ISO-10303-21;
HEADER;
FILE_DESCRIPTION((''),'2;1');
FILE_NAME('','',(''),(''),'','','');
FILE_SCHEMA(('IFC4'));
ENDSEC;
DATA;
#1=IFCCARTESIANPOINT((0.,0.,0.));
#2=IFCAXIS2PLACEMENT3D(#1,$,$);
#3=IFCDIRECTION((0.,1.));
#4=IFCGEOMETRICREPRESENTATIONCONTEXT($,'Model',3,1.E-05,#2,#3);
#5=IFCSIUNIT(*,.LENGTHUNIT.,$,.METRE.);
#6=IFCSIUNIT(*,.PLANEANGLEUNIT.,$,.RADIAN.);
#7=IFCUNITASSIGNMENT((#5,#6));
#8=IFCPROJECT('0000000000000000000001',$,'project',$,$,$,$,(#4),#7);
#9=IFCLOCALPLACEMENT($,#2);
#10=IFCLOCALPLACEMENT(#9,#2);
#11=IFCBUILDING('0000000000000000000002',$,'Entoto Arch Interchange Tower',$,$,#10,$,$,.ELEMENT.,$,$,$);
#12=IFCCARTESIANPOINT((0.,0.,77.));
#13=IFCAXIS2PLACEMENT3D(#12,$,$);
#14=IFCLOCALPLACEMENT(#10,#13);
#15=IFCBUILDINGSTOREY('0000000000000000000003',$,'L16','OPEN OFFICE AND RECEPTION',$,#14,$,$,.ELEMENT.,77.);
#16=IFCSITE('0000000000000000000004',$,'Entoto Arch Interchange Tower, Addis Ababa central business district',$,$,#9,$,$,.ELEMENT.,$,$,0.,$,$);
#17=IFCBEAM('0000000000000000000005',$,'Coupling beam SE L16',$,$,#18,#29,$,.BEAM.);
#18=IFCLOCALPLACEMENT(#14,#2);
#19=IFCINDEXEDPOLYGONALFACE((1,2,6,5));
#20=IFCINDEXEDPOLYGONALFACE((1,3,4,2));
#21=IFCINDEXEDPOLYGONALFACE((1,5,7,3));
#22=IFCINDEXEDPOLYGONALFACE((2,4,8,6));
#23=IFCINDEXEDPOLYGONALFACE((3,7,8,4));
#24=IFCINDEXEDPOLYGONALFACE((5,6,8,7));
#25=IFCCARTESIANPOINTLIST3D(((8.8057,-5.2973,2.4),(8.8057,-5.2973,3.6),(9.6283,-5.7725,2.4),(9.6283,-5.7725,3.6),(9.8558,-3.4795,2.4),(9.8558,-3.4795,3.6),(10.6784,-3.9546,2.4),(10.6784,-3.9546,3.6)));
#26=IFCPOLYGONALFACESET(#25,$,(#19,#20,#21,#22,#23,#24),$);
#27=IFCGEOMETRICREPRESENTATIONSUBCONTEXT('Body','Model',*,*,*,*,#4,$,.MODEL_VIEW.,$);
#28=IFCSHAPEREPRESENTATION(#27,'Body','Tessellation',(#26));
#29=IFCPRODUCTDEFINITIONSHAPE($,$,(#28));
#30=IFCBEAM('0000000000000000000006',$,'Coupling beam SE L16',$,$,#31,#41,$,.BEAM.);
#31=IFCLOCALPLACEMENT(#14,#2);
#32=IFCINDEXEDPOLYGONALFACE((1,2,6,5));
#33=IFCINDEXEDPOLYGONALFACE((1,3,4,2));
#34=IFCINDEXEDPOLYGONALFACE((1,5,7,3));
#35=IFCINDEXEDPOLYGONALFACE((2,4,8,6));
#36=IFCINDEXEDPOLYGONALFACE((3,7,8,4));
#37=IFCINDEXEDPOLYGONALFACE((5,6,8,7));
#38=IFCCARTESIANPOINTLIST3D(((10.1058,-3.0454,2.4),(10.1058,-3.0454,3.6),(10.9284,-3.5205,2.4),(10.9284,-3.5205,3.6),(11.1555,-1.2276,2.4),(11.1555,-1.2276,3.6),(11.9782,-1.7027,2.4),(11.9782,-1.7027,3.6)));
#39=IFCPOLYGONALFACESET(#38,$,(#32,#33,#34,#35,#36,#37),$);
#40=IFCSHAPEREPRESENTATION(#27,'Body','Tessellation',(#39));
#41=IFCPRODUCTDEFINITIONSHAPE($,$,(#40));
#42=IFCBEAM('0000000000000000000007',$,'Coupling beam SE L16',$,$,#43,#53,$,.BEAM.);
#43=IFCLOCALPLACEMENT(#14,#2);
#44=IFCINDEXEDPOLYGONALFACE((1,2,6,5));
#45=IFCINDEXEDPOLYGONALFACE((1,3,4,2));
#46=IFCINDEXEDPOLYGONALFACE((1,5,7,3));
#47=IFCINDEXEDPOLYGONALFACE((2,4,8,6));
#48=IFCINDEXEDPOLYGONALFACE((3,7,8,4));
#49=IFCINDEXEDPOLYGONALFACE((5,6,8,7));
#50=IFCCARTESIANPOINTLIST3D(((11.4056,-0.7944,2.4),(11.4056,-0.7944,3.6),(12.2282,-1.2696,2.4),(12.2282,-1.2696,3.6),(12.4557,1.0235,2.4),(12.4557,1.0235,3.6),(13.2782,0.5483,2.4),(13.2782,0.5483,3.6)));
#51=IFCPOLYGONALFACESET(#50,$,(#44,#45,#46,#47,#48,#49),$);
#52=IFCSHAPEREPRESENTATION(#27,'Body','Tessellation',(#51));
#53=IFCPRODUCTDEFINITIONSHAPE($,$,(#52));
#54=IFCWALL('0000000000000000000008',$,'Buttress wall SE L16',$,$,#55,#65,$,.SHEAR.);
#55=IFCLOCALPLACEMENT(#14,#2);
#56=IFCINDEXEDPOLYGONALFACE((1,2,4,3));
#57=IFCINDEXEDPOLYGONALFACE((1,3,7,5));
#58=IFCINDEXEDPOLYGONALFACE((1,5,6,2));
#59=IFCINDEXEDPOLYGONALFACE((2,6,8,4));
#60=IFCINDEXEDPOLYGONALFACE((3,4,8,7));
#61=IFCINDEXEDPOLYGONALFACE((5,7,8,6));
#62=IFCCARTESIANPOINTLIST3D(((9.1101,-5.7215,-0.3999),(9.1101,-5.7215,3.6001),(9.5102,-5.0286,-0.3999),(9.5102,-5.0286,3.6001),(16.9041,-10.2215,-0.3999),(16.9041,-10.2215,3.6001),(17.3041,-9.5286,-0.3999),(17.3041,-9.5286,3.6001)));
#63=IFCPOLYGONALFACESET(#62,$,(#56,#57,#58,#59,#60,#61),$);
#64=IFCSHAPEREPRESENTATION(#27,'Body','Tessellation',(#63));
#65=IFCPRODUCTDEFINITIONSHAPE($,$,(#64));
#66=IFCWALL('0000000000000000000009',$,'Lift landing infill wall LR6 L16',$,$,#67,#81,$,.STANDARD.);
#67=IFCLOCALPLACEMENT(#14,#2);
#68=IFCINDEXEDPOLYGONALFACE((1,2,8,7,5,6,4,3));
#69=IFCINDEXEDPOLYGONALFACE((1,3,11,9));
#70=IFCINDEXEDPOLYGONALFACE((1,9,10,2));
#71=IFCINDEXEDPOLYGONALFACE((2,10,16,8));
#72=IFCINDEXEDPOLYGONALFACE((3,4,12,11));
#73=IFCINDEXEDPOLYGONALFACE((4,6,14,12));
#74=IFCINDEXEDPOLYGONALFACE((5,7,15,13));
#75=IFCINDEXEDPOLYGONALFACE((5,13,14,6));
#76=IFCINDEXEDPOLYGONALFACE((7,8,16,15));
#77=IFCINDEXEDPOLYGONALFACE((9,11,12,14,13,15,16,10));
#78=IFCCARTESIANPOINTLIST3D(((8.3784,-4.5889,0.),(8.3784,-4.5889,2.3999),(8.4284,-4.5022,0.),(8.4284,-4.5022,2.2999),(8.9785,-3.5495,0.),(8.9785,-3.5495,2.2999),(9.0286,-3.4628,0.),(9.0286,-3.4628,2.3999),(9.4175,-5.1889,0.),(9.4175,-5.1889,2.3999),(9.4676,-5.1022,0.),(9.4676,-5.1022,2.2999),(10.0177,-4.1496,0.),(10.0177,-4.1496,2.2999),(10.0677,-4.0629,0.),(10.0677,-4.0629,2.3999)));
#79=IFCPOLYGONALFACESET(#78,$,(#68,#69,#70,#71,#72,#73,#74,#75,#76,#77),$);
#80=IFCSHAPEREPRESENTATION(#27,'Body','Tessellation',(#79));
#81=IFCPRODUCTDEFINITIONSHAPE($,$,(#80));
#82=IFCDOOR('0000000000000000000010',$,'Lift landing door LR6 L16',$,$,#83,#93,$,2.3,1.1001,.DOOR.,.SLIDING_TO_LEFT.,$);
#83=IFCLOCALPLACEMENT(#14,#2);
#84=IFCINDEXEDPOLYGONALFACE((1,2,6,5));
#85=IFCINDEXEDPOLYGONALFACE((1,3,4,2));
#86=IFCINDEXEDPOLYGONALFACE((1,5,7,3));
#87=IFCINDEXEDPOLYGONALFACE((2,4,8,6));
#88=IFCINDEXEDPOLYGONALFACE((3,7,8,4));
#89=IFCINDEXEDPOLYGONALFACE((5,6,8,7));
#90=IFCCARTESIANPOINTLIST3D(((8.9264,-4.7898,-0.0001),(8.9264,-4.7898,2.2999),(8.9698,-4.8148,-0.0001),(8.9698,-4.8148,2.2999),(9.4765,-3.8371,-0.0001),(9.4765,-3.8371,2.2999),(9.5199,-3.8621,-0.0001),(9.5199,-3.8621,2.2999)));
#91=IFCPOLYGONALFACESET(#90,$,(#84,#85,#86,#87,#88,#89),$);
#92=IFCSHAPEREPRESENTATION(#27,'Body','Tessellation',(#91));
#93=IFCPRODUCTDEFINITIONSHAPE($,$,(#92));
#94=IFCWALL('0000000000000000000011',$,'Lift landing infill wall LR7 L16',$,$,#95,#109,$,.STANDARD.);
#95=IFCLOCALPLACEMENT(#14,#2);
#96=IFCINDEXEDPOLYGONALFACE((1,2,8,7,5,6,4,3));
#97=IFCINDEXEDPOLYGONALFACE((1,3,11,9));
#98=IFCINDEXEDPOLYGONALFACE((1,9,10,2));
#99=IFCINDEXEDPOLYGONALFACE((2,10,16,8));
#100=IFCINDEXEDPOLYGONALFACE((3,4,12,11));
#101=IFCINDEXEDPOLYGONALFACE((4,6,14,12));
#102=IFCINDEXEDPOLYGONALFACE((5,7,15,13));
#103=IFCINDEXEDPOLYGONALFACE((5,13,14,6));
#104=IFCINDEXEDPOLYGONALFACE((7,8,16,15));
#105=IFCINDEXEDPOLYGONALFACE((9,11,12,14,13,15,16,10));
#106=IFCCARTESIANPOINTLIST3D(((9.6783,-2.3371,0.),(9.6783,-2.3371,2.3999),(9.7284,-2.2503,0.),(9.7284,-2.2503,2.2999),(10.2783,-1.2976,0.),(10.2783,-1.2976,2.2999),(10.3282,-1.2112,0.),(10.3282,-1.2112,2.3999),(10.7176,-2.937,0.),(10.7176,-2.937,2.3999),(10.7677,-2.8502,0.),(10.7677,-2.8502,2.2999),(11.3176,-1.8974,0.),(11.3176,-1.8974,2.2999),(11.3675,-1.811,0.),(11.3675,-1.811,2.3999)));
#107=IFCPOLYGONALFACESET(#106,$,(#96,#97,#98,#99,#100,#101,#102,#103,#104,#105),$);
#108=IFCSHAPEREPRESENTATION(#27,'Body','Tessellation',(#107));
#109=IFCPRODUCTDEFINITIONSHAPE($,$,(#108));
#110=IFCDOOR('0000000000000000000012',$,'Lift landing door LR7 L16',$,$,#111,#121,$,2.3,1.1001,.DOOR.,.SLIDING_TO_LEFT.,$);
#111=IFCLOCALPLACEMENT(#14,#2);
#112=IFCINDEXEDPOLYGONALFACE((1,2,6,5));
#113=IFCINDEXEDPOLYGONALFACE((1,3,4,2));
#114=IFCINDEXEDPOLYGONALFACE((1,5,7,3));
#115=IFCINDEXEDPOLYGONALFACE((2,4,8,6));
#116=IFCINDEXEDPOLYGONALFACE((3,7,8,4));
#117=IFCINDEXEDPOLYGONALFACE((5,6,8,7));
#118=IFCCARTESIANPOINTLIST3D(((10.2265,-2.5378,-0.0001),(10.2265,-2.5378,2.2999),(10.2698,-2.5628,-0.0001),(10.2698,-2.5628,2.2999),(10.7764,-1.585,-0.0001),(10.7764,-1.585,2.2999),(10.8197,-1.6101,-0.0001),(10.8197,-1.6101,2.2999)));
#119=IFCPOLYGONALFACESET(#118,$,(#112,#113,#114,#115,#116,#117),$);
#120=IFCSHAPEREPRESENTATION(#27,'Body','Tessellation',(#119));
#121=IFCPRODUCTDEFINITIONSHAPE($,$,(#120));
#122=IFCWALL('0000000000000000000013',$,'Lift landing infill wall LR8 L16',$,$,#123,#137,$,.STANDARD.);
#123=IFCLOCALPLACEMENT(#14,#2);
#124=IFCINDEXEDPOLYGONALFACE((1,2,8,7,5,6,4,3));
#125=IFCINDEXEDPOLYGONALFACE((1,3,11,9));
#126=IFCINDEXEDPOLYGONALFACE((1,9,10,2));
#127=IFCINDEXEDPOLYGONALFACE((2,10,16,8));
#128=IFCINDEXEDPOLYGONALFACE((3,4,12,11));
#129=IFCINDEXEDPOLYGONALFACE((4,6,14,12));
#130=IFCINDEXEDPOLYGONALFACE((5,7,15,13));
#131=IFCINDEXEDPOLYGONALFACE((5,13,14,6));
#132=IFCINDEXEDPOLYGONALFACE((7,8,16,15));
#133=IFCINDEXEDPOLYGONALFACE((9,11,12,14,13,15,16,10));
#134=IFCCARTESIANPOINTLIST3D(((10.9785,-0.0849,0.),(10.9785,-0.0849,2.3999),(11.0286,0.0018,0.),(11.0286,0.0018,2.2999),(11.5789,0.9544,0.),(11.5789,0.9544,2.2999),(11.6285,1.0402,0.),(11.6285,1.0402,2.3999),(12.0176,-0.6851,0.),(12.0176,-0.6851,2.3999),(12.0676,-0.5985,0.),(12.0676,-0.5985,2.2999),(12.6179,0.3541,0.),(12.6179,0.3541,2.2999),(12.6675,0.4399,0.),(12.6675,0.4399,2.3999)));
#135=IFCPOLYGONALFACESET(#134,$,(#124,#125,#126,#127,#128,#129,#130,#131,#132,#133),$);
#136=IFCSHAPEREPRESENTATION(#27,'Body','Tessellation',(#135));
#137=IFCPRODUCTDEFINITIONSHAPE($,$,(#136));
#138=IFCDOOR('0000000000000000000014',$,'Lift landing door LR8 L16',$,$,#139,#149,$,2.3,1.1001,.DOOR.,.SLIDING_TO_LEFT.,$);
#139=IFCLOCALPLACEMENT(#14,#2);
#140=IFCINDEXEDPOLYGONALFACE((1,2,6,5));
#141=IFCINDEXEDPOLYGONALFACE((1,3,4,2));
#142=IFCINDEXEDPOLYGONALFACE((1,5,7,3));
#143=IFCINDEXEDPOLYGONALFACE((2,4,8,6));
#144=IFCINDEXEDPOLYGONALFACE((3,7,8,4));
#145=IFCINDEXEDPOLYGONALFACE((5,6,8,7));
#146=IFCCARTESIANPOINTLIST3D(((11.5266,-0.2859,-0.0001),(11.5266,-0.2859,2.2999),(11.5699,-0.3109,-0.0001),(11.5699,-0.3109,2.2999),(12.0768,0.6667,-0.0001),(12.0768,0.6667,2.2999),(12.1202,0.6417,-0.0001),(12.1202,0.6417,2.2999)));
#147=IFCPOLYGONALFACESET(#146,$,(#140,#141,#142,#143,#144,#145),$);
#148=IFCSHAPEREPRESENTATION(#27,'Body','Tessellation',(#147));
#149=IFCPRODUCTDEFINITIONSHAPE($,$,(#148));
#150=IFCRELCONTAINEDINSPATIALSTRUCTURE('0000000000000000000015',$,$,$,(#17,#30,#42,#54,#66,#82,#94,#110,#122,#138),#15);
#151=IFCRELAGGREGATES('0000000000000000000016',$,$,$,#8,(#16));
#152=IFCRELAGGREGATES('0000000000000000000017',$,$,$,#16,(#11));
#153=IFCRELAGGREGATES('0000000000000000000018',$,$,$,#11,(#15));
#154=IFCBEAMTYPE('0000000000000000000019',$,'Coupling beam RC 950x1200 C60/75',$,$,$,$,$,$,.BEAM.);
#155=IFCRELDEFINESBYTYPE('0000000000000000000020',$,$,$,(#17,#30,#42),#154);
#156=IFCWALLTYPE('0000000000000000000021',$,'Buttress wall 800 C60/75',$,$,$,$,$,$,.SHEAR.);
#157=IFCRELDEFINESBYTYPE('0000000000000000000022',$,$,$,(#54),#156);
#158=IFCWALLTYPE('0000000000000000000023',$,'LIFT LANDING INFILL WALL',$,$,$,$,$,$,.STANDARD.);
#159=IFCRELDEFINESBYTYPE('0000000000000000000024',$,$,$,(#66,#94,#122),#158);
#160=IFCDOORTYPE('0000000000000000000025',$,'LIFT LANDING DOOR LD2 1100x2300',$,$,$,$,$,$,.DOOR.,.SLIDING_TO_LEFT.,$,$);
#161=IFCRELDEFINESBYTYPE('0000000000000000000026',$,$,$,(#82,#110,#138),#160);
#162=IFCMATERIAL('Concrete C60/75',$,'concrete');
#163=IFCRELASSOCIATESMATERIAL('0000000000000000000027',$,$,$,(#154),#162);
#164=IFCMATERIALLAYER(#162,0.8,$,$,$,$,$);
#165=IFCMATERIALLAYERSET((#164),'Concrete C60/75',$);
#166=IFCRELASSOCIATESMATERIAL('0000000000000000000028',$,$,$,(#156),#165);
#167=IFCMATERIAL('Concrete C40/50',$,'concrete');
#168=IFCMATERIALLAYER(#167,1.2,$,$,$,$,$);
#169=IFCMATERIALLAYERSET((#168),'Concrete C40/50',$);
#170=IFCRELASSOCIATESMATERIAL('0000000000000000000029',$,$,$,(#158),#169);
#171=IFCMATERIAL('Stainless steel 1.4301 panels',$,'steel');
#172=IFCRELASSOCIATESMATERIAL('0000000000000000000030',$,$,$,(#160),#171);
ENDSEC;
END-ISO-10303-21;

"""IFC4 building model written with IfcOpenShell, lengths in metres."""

from ifc_helpers import new_model, si_unit, direction, frame, frame_2d, origin, origin_2d, place, context, subcontext, project, spatial, rectangle, extrude, material, layer, layer_set, material_profile, profile_set, type_object, element, fill, save


model = new_model("IFC4")

# Units and contexts
model_context = context("Model", 3, precision=1e-05, world=origin(), true_north=direction((0.0, 1.0)))
body_context = subcontext(model_context, "Body", "Model", "MODEL_VIEW")
ifc_project = project(units=[si_unit("LENGTHUNIT", "METRE"), si_unit("PLANEANGLEUNIT", "RADIAN")], contexts=[model_context])

# Site, building, storey
site_placement = place(None, origin())
site = spatial("IfcSite", under=ifc_project, at=site_placement, Name="Entoto Arch Interchange Tower, Addis Ababa central business district", CompositionType="ELEMENT", RefElevation=0.0)
building_placement = place(site_placement, origin())
building = spatial("IfcBuilding", under=site, at=building_placement, Name="Entoto Arch Interchange Tower", CompositionType="ELEMENT")
storey_placement = place(building_placement, frame((0.0, 0.0, 77.0)))
storey = spatial("IfcBuildingStorey", under=building, at=storey_placement, Name="L16", Description="OPEN OFFICE AND RECEPTION", CompositionType="ELEMENT", Elevation=77.0)

# Beams
ifc_material_1 = material(Name="Concrete C60/75", Category="concrete")
ifc_material_profile = material_profile(ifc_material_1, rectangle(XDim=0.95, YDim=1.2, at=origin_2d()))
ifc_profile_set = profile_set([ifc_material_profile], Name="Concrete C60/75")
beam_type = type_object("IfcBeamType", Name="Coupling beam RC 950x1200 C60/75", PredefinedType="BEAM", material=ifc_profile_set)
beam_1_placement = place(storey_placement, frame((9.217, -5.5349, 3.0), z_axis=(0.500179, 0.865922, 0.0), x_axis=(-0.865922, 0.500179, 0.0)))
element("IfcBeam", 1, at=beam_1_placement, inside=storey, type_object=beam_type, Name="Coupling beam SE L16", PredefinedType="BEAM", context=body_context, shape_type="SweptSolid", body=[
    extrude(rectangle(XDim=0.95, YDim=1.2, at=origin_2d()), origin(), (0.0, 0.0, 1.0), 2.0994),
])
beam_2_placement = place(storey_placement, frame((10.5171, -3.283, 3.0), z_axis=(0.500092, 0.865973, 0.0), x_axis=(-0.865973, 0.500092, 0.0)))
element("IfcBeam", 2, at=beam_2_placement, inside=storey, type_object=beam_type, Name="Coupling beam SE L16", PredefinedType="BEAM", context=body_context, shape_type="SweptSolid", body=[
    extrude(rectangle(XDim=0.95, YDim=1.2, at=origin_2d()), origin(), (0.0, 0.0, 1.0), 2.0991),
])
beam_3_placement = place(storey_placement, frame((11.8169, -1.032, 3.0), z_axis=(0.500179, 0.865922, 0.0), x_axis=(-0.865922, 0.500179, 0.0)))
element("IfcBeam", 3, at=beam_3_placement, inside=storey, type_object=beam_type, Name="Coupling beam SE L16", PredefinedType="BEAM", context=body_context, shape_type="SweptSolid", body=[
    extrude(rectangle(XDim=0.95, YDim=1.2, at=origin_2d()), origin(), (0.0, 0.0, 1.0), 2.0994),
])

# Wall
ifc_layer_1 = layer(ifc_material_1, 0.8)
ifc_layer_set_1 = layer_set([ifc_layer_1], Name="Concrete C60/75")
wall_type_1 = type_object("IfcWallType", Name="Buttress wall 800 C60/75", PredefinedType="SHEAR", material=ifc_layer_set_1)
wall_1_placement = place(storey_placement, frame((9.3101, -5.375, -0.3999), z_axis=(0.0, 0.0, 1.0), x_axis=(0.866018, -0.500014, 0.0)))
element("IfcWall", 4, at=wall_1_placement, inside=storey, type_object=wall_type_1, Name="Buttress wall SE L16", PredefinedType="SHEAR", context=body_context, shape_type="SweptSolid", body=[
    extrude(rectangle(XDim=8.9998, YDim=0.8, at=frame_2d((4.5, 0.0))), origin(), (0.0, 0.0, 1.0), 4.0),
])

# Walls, openings, doors
ifc_material_2 = material(Name="Concrete C40/50", Category="concrete")
ifc_layer_2 = layer(ifc_material_2, 1.2)
ifc_layer_set_2 = layer_set([ifc_layer_2], Name="Concrete C40/50")
wall_type_2 = type_object("IfcWallType", Name="LIFT LANDING INFILL WALL", PredefinedType="STANDARD", material=ifc_layer_set_2)
wall_2_placement = place(storey_placement, frame((8.8979, -4.8889, 0.0), z_axis=(0.0, 0.0, 1.0), x_axis=(0.500037, 0.866004, 0.0)))
wall_2 = element("IfcWall", 5, at=wall_2_placement, inside=storey, type_object=wall_type_2, Name="Lift landing infill wall LR6 L16", PredefinedType="STANDARD", context=body_context, shape_type="SweptSolid", body=[
    extrude(rectangle(XDim=1.3003, YDim=1.2, at=frame_2d((0.6501, 0.0))), origin(), (0.0, 0.0, 1.0), 2.3999),
])
opening_1_placement = place(wall_2_placement, frame((0.1001, 0.0, 0.0)))
opening_1 = element("IfcOpeningElement", 6, at=opening_1_placement, cuts=wall_2, PredefinedType="OPENING", context=body_context, shape_type="SweptSolid", body=[
    extrude(rectangle(XDim=1.1001, YDim=2.3, at=frame_2d((0.55, 1.1499))), frame((0.0, 0.6099, 0.0), z_axis=(0.0, -1.0, 0.0), x_axis=(1.0, 0.0, 0.0)), (0.0, 0.0, 1.0), 1.22),
])
ifc_material_3 = material(Name="Stainless steel 1.4301 panels", Category="steel")
door_type_1 = type_object("IfcDoorType", Name="LIFT LANDING DOOR LD2 1100x2300", OperationType="SLIDING_TO_LEFT", PredefinedType="DOOR", material=ifc_material_3)
door_1_placement = place(opening_1_placement, origin())
door_1 = element("IfcDoor", 7, at=door_1_placement, inside=storey, type_object=door_type_1, Name="Lift landing door LR6 L16", OperationType="SLIDING_TO_LEFT", OverallHeight=2.3, OverallWidth=1.1001, PredefinedType="DOOR", context=body_context, shape_type="SweptSolid", body=[
    extrude(rectangle(XDim=1.1001, YDim=2.3, at=frame_2d((0.55, 1.1499))), frame((0.0, 0.0249, 0.0), z_axis=(0.0, -1.0, 0.0), x_axis=(1.0, 0.0, 0.0)), (0.0, 0.0, 1.0), 0.05),
])
fill(opening_1, door_1)
wall_3_placement = place(storey_placement, frame((10.198, -2.637, 0.0), z_axis=(0.0, 0.0, 1.0), x_axis=(0.499896, 0.866086, 0.0)))
wall_3 = element("IfcWall", 8, at=wall_3_placement, inside=storey, type_object=wall_type_2, Name="Lift landing infill wall LR7 L16", PredefinedType="STANDARD", context=body_context, shape_type="SweptSolid", body=[
    extrude(rectangle(XDim=1.3, YDim=1.2, at=frame_2d((0.6499, 0.0))), origin(), (0.0, 0.0, 1.0), 2.3999),
])
opening_2_placement = place(wall_3_placement, frame((0.1001, 0.0, 0.0)))
opening_2 = element("IfcOpeningElement", 9, at=opening_2_placement, cuts=wall_3, PredefinedType="OPENING", context=body_context, shape_type="SweptSolid", body=[
    extrude(rectangle(XDim=1.1001, YDim=2.3, at=frame_2d((0.55, 1.1499))), frame((0.0, 0.6099, 0.0), z_axis=(0.0, -1.0, 0.0), x_axis=(1.0, 0.0, 0.0)), (0.0, 0.0, 1.0), 1.22),
])
door_2_placement = place(opening_2_placement, origin())
door_2 = element("IfcDoor", 10, at=door_2_placement, inside=storey, type_object=door_type_1, Name="Lift landing door LR7 L16", OperationType="SLIDING_TO_LEFT", OverallHeight=2.3, OverallWidth=1.1001, PredefinedType="DOOR", context=body_context, shape_type="SweptSolid", body=[
    extrude(rectangle(XDim=1.1001, YDim=2.3, at=frame_2d((0.55, 1.1499))), frame((0.0, 0.0249, 0.0), z_axis=(0.0, -1.0, 0.0), x_axis=(1.0, 0.0, 0.0)), (0.0, 0.0, 1.0), 0.05),
])
fill(opening_2, door_2)
wall_4_placement = place(storey_placement, frame((11.498, -0.385, 0.0), z_axis=(0.0, 0.0, 1.0), x_axis=(0.500221, 0.865898, 0.0)))
wall_4 = element("IfcWall", 11, at=wall_4_placement, inside=storey, type_object=wall_type_2, Name="Lift landing infill wall LR8 L16", PredefinedType="STANDARD", context=body_context, shape_type="SweptSolid", body=[
    extrude(rectangle(XDim=1.2993, YDim=1.2, at=frame_2d((0.6497, 0.0))), origin(), (0.0, 0.0, 1.0), 2.3999),
])
opening_3_placement = place(wall_4_placement, frame((0.1001, 0.0, 0.0)))
opening_3 = element("IfcOpeningElement", 12, at=opening_3_placement, cuts=wall_4, PredefinedType="OPENING", context=body_context, shape_type="SweptSolid", body=[
    extrude(rectangle(XDim=1.1001, YDim=2.3, at=frame_2d((0.55, 1.1499))), frame((0.0, 0.6099, 0.0), z_axis=(0.0, -1.0, 0.0), x_axis=(1.0, 0.0, 0.0)), (0.0, 0.0, 1.0), 1.22),
])
door_3_placement = place(opening_3_placement, origin())
door_3 = element("IfcDoor", 13, at=door_3_placement, inside=storey, type_object=door_type_1, Name="Lift landing door LR8 L16", OperationType="SLIDING_TO_LEFT", OverallHeight=2.3, OverallWidth=1.1001, PredefinedType="DOOR", context=body_context, shape_type="SweptSolid", body=[
    extrude(rectangle(XDim=1.1001, YDim=2.3, at=frame_2d((0.55, 1.1499))), frame((0.0, 0.0249, 0.0), z_axis=(0.0, -1.0, 0.0), x_axis=(1.0, 0.0, 0.0)), (0.0, 0.0, 1.0), 0.05),
])
fill(opening_3, door_3)

save(model, "model.ifc")
